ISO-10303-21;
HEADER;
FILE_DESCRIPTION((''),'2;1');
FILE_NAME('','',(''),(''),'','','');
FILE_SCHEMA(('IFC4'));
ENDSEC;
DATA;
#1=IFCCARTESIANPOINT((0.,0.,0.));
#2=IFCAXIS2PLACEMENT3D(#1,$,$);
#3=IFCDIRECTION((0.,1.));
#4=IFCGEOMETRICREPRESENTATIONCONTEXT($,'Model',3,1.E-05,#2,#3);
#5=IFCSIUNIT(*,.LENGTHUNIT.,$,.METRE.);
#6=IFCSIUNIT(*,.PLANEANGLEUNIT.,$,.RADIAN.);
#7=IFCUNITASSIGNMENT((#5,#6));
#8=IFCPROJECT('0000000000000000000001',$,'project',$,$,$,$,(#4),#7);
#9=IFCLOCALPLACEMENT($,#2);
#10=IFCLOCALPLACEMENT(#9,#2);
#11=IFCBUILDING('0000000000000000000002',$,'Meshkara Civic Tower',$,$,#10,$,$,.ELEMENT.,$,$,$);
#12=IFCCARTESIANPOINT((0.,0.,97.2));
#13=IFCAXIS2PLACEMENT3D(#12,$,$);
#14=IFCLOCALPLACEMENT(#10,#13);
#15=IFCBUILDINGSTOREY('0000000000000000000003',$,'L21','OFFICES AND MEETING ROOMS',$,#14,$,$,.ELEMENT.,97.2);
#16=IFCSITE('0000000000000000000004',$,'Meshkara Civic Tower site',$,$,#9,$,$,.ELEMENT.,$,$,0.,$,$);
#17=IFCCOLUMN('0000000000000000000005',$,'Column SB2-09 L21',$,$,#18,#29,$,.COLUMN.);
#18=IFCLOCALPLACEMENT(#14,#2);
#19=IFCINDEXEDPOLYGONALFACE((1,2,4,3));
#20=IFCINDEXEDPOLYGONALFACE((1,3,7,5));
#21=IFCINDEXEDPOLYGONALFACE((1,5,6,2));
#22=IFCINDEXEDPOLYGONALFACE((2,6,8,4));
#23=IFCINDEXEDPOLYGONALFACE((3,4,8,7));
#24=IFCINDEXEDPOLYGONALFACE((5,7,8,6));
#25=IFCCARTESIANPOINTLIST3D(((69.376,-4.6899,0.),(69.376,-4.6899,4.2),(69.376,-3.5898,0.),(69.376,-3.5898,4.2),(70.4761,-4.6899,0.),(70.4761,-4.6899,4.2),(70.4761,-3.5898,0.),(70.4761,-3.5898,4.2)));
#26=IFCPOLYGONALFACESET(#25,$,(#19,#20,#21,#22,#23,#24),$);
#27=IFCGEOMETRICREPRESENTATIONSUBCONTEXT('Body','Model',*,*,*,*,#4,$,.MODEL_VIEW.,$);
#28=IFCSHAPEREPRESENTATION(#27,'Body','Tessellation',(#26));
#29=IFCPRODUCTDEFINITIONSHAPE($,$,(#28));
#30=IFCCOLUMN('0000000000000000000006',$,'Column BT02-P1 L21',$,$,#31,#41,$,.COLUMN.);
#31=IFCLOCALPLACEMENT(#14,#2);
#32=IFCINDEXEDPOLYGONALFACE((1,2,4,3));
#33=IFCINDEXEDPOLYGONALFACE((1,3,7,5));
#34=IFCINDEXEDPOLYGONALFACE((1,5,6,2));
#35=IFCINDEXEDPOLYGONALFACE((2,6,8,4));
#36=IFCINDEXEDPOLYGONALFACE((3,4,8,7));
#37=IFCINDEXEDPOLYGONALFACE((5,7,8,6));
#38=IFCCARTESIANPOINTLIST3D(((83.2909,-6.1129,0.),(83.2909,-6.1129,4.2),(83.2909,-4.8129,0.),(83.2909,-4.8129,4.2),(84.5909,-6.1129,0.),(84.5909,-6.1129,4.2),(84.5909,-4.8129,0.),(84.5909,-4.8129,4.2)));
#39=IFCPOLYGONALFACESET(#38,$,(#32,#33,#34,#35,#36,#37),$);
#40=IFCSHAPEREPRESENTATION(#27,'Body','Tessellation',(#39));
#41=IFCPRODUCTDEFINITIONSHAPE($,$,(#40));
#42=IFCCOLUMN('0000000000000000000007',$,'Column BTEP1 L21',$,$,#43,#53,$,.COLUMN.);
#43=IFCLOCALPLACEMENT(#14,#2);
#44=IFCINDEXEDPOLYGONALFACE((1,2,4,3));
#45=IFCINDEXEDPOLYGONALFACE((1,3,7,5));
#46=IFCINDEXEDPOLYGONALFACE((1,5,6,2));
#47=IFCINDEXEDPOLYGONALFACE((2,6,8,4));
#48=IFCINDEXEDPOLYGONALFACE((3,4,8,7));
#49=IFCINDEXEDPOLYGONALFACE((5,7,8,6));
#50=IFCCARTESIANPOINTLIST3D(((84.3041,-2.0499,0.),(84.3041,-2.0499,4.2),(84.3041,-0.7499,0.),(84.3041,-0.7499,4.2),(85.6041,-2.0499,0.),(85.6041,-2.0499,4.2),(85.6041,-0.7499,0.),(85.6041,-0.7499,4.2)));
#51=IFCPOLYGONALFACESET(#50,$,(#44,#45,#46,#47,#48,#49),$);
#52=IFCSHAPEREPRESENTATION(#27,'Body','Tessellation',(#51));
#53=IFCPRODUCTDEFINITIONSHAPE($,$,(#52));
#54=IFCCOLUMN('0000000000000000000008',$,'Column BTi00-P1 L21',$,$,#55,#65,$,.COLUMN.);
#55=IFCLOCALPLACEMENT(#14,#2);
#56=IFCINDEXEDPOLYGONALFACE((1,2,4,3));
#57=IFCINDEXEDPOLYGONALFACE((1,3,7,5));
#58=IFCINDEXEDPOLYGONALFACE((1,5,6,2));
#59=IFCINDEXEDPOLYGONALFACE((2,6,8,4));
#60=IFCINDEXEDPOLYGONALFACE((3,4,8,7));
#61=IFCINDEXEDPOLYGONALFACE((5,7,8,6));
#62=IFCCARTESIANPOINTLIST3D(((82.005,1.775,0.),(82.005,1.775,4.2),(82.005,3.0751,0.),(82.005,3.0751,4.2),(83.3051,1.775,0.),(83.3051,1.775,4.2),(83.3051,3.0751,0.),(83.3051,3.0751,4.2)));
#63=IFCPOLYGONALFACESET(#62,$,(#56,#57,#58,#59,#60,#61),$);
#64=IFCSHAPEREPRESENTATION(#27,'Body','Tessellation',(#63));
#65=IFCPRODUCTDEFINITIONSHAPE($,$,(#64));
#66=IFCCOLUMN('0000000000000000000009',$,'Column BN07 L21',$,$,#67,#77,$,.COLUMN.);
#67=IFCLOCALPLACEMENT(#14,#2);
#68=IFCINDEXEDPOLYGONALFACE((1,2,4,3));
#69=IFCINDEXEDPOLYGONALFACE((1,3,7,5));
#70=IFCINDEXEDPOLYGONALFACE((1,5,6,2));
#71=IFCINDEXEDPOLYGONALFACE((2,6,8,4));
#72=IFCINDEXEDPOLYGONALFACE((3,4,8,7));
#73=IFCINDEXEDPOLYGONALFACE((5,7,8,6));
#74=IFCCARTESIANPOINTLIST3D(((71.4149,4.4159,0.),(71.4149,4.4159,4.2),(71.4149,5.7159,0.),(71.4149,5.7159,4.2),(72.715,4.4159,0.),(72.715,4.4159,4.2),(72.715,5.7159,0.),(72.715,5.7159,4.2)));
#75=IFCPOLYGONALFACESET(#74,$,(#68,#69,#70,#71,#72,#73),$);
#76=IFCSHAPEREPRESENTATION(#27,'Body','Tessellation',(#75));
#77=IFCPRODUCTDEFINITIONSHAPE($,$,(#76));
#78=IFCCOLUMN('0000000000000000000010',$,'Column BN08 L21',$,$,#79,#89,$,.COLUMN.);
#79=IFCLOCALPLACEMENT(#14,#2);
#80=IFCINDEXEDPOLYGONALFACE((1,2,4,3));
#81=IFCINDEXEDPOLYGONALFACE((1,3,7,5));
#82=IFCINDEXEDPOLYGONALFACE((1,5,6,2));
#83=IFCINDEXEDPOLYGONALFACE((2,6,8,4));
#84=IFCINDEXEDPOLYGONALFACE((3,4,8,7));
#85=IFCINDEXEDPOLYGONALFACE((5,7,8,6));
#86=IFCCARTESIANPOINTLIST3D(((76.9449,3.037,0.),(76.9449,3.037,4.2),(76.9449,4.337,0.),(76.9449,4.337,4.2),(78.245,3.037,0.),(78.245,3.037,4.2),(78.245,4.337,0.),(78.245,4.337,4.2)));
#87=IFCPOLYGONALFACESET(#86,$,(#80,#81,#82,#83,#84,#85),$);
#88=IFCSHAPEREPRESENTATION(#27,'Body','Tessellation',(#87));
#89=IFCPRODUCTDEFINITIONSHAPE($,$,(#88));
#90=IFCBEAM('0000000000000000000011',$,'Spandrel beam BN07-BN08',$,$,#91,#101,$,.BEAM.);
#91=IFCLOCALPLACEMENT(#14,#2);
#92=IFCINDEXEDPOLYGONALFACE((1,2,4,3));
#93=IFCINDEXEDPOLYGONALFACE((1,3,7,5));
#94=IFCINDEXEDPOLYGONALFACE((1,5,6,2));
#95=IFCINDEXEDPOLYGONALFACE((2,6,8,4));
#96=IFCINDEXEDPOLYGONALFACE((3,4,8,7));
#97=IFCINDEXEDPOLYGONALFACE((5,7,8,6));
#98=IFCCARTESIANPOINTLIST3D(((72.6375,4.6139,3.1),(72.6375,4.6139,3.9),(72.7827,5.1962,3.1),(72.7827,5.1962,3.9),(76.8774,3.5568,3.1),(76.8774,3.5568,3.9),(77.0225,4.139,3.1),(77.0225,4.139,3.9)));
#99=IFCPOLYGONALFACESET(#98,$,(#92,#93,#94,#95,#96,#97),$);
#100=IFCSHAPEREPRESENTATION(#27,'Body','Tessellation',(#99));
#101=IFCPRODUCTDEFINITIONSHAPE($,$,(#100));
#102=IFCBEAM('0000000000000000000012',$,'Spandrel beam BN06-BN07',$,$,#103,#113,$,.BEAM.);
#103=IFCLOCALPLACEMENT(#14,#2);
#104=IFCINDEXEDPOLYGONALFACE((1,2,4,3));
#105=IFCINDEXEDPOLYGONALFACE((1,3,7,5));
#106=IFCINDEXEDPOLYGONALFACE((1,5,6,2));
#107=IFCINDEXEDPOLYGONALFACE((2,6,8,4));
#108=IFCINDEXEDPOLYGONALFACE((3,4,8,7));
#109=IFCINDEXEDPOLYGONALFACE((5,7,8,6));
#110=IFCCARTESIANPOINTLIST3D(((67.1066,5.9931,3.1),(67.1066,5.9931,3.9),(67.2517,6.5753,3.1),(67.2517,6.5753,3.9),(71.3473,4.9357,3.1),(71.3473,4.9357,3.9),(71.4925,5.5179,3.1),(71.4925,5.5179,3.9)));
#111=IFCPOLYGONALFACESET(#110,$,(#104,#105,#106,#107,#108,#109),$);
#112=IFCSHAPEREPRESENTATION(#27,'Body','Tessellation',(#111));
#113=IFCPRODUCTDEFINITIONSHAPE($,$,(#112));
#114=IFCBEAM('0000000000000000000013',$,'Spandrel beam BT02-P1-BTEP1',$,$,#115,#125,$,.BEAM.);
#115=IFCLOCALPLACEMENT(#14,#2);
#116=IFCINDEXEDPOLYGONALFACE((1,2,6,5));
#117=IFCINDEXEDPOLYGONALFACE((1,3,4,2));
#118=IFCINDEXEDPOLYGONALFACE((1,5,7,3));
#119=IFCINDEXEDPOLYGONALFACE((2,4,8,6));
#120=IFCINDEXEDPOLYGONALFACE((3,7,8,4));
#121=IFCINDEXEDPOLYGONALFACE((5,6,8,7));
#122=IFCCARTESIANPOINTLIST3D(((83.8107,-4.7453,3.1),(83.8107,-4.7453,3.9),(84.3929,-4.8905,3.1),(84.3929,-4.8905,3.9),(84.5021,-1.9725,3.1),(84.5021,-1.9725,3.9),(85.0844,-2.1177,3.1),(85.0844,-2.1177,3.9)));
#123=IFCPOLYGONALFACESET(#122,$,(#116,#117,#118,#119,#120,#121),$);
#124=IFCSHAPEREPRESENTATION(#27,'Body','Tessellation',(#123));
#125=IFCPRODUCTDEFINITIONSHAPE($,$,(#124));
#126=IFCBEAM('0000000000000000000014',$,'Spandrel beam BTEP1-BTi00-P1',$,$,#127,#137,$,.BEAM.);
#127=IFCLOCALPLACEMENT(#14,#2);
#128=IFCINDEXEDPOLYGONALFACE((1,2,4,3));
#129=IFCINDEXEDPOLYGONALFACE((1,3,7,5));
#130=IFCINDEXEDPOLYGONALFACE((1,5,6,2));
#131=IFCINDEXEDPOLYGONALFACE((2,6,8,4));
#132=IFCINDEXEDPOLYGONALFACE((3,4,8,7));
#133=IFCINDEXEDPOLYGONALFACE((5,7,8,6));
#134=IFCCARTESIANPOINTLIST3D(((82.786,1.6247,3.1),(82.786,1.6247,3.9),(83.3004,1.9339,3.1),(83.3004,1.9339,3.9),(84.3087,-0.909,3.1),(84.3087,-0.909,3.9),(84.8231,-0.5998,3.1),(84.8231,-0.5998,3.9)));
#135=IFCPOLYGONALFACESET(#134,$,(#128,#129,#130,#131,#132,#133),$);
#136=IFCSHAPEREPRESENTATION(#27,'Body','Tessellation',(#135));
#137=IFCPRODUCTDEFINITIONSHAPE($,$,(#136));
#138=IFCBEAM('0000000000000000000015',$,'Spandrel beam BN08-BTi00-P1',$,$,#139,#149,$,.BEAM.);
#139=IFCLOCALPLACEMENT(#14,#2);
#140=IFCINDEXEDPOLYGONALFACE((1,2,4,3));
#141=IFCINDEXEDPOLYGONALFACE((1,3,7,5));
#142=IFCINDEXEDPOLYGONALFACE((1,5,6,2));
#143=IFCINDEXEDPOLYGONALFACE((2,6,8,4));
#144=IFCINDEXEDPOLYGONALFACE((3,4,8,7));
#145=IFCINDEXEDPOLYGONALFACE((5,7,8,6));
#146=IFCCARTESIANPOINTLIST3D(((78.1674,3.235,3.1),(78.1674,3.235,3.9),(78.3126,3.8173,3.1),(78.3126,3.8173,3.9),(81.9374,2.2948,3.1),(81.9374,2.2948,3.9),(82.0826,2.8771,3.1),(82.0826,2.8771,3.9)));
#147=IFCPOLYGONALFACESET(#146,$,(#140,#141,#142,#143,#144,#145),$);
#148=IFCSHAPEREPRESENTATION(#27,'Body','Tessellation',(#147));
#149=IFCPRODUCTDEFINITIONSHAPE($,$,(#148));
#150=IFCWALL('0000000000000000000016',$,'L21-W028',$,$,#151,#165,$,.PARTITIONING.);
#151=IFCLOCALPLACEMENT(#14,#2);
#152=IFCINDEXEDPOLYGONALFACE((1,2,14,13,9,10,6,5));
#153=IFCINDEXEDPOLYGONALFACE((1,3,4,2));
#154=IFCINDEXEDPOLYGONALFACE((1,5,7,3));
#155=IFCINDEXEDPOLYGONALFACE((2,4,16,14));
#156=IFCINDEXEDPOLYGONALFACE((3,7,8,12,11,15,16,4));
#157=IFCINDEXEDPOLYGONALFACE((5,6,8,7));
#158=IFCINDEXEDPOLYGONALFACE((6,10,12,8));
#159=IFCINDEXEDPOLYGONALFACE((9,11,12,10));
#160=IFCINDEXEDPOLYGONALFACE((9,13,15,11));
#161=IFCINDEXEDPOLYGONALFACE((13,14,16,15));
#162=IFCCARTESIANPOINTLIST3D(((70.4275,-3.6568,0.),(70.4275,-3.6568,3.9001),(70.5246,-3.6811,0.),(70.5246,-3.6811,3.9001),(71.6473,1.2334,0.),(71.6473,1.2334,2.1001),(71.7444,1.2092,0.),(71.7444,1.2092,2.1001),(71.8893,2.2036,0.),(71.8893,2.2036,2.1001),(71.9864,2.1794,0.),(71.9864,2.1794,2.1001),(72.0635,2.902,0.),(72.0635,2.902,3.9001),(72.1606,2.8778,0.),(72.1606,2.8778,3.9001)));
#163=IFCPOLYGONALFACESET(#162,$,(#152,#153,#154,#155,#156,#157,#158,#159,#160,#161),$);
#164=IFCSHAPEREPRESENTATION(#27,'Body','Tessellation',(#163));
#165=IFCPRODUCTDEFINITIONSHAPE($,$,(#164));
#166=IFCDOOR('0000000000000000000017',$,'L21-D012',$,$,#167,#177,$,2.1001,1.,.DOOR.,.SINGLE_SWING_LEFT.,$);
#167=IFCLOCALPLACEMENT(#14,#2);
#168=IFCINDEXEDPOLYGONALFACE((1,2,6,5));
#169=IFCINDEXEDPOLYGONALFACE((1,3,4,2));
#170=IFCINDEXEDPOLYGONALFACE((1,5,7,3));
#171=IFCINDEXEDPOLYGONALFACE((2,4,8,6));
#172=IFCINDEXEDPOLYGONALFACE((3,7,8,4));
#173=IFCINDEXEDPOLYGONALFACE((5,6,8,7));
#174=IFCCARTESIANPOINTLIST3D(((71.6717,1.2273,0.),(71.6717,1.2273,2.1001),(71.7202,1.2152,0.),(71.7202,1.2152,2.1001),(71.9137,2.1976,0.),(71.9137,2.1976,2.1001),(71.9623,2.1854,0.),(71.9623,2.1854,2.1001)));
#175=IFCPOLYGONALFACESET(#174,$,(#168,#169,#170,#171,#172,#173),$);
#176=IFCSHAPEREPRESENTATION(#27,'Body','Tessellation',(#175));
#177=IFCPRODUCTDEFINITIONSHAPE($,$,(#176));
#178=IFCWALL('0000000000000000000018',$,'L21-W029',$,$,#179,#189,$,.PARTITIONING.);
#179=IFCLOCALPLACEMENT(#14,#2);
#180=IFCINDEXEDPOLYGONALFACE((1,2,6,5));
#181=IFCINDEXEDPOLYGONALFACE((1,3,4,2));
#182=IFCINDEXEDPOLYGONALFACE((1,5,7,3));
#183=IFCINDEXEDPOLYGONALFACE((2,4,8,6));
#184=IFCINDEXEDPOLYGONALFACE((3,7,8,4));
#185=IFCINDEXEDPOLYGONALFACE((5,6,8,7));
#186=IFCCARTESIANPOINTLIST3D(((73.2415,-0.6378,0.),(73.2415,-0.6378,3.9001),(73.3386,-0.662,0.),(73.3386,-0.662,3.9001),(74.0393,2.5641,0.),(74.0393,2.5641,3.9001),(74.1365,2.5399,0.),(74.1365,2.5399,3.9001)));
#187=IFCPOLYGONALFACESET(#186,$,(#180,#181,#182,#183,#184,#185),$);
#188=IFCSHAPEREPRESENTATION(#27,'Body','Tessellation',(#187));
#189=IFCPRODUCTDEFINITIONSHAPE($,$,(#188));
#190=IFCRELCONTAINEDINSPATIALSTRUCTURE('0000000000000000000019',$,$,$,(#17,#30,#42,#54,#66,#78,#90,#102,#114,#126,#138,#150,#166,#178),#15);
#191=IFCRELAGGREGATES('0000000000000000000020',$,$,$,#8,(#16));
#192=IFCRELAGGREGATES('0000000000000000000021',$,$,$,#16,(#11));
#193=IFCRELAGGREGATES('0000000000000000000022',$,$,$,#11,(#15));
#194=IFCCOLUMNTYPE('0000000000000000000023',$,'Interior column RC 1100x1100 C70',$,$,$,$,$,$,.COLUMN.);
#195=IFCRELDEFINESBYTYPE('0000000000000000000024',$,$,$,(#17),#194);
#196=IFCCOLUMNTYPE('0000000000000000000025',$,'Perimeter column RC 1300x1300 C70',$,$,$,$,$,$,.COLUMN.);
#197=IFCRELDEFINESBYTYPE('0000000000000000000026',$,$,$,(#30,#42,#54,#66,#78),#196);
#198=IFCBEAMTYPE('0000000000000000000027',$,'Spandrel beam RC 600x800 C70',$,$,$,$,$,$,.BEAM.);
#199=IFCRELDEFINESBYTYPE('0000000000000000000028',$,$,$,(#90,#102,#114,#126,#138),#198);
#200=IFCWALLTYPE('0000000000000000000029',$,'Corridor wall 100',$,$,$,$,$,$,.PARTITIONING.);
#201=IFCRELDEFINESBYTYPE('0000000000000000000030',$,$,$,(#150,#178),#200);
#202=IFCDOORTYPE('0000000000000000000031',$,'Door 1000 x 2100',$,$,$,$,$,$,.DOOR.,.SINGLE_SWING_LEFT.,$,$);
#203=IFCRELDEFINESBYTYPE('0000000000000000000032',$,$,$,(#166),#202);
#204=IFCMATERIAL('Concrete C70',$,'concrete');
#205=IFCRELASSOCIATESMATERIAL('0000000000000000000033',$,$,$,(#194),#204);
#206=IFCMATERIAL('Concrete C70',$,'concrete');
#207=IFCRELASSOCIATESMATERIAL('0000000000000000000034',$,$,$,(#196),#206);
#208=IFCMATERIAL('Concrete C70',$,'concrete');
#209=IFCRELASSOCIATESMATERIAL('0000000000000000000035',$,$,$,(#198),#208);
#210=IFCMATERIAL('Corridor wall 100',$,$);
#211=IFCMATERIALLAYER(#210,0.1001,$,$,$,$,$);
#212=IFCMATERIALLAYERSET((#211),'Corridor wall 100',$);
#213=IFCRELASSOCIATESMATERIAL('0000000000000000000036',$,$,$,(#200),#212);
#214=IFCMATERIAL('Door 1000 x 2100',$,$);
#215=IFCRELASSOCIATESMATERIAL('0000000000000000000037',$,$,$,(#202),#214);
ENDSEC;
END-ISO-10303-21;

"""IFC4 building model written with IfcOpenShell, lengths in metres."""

from ifc_helpers import new_model, si_unit, direction, frame, frame_2d, origin, origin_2d, place, context, subcontext, project, spatial, rectangle, extrude, material, layer, layer_set, material_profile, profile_set, type_object, element, fill, save


model = new_model("IFC4")

# Units and contexts
model_context = context("Model", 3, precision=1e-05, world=origin(), true_north=direction((0.0, 1.0)))
body_context = subcontext(model_context, "Body", "Model", "MODEL_VIEW")
ifc_project = project(units=[si_unit("LENGTHUNIT", "METRE"), si_unit("PLANEANGLEUNIT", "RADIAN")], contexts=[model_context])

# Site, building, storey
site_placement = place(None, origin())
site = spatial("IfcSite", under=ifc_project, at=site_placement, Name="Meshkara Civic Tower site", CompositionType="ELEMENT", RefElevation=0.0)
building_placement = place(site_placement, origin())
building = spatial("IfcBuilding", under=site, at=building_placement, Name="Meshkara Civic Tower", CompositionType="ELEMENT")
storey_placement = place(building_placement, frame((0.0, 0.0, 97.2)))
storey = spatial("IfcBuildingStorey", under=building, at=storey_placement, Name="L21", Description="OFFICES AND MEETING ROOMS", CompositionType="ELEMENT", Elevation=97.2)

# Columns
ifc_material_1 = material(Name="Concrete C70", Category="concrete")
ifc_material_profile_1 = material_profile(ifc_material_1, rectangle(XDim=1.1001, YDim=1.1001, at=origin_2d()))
ifc_profile_set_1 = profile_set([ifc_material_profile_1], Name="Concrete C70")
column_type_1 = type_object("IfcColumnType", Name="Interior column RC 1100x1100 C70", PredefinedType="COLUMN", material=ifc_profile_set_1)
column_placement = place(storey_placement, frame((69.926, -4.1399, 0.0), z_axis=(0.0, 0.0, 1.0), x_axis=(1.0, 0.0, 0.0)))
element("IfcColumn", 1, at=column_placement, inside=storey, type_object=column_type_1, Name="Column SB2-09 L21", PredefinedType="COLUMN", context=body_context, shape_type="SweptSolid", body=[
    extrude(rectangle(XDim=1.1001, YDim=1.1001, at=origin_2d()), origin(), (0.0, 0.0, 1.0), 4.2),
])
ifc_material_2 = material(Name="Concrete C70", Category="concrete")
ifc_material_profile_2 = material_profile(ifc_material_2, rectangle(XDim=1.3, YDim=1.3, at=origin_2d()))
ifc_profile_set_2 = profile_set([ifc_material_profile_2], Name="Concrete C70")
column_type_2 = type_object("IfcColumnType", Name="Perimeter column RC 1300x1300 C70", PredefinedType="COLUMN", material=ifc_profile_set_2)
for number, where, z_axis, x_axis, name in (
    (2, (83.9409, -5.4629, 0.0), (0.0, 0.0, 1.0), (1.0, 0.0, 0.0), "Column BT02-P1 L21"),
    (3, (84.9541, -1.3999, 0.0), (0.0, 0.0, 1.0), (1.0, 0.0, 0.0), "Column BTEP1 L21"),
    (4, (82.655, 2.425, 0.0), (0.0, 0.0, 1.0), (1.0, 0.0, 0.0), "Column BTi00-P1 L21"),
    (5, (72.0649, 5.0659, 0.0), (0.0, 0.0, 1.0), (1.0, 0.0, 0.0), "Column BN07 L21"),
    (6, (77.595, 3.687, 0.0), (0.0, 0.0, 1.0), (1.0, 0.0, 0.0), "Column BN08 L21"),
):
    element("IfcColumn", number, at=place(storey_placement, frame(where, z_axis=z_axis, x_axis=x_axis)), inside=storey, type_object=column_type_2, Name=name, PredefinedType="COLUMN", context=body_context, shape_type="SweptSolid", body=[
        extrude(rectangle(XDim=1.3, YDim=1.3, at=origin_2d()), origin(), (0.0, 0.0, 1.0), 4.2),
    ])

# Beams
ifc_material_3 = material(Name="Concrete C70", Category="concrete")
ifc_material_profile_3 = material_profile(ifc_material_3, rectangle(XDim=0.6001, YDim=0.8, at=origin_2d()))
ifc_profile_set_3 = profile_set([ifc_material_profile_3], Name="Concrete C70")
beam_type = type_object("IfcBeamType", Name="Spandrel beam RC 600x800 C70", PredefinedType="BEAM", material=ifc_profile_set_3)
beam_1_placement = place(storey_placement, frame((76.95, 3.8479, 3.5), z_axis=(-0.970293, 0.241931, 0.0), x_axis=(-0.241931, -0.970293, 0.0)))
element("IfcBeam", 7, at=beam_1_placement, inside=storey, type_object=beam_type, Name="Spandrel beam BN07-BN08", PredefinedType="BEAM", context=body_context, shape_type="SweptSolid", body=[
    extrude(rectangle(XDim=0.6001, YDim=0.8, at=origin_2d()), origin(), (0.0, 0.0, 1.0), 4.3696),
])
beam_2_placement = place(storey_placement, frame((71.4199, 5.2268, 3.5), z_axis=(-0.970293, 0.241931, 0.0), x_axis=(-0.241931, -0.970293, 0.0)))
element("IfcBeam", 8, at=beam_2_placement, inside=storey, type_object=beam_type, Name="Spandrel beam BN06-BN07", PredefinedType="BEAM", context=body_context, shape_type="SweptSolid", body=[
    extrude(rectangle(XDim=0.6001, YDim=0.8, at=origin_2d()), origin(), (0.0, 0.0, 1.0), 4.3706),
])
beam_3_placement = place(storey_placement, frame((84.1018, -4.8179, 3.5), z_axis=(0.241953, 0.970288, 0.0), x_axis=(-0.970288, 0.241953, 0.0)))
element("IfcBeam", 9, at=beam_3_placement, inside=storey, type_object=beam_type, Name="Spandrel beam BT02-P1-BTEP1", PredefinedType="BEAM", context=body_context, shape_type="SweptSolid", body=[
    extrude(rectangle(XDim=0.6001, YDim=0.8, at=origin_2d()), origin(), (0.0, 0.0, 1.0), 2.8577),
])
beam_4_placement = place(storey_placement, frame((84.5659, -0.7544, 3.5), z_axis=(-0.515115, 0.857121, 0.0), x_axis=(-0.857121, -0.515115, 0.0)))
element("IfcBeam", 10, at=beam_4_placement, inside=storey, type_object=beam_type, Name="Spandrel beam BTEP1-BTi00-P1", PredefinedType="BEAM", context=body_context, shape_type="SweptSolid", body=[
    extrude(rectangle(XDim=0.6001, YDim=0.8, at=origin_2d()), origin(), (0.0, 0.0, 1.0), 2.9561),
])
beam_5_placement = place(storey_placement, frame((82.01, 2.5859, 3.5), z_axis=(-0.970283, 0.241974, 0.0), x_axis=(-0.241974, -0.970283, 0.0)))
element("IfcBeam", 11, at=beam_5_placement, inside=storey, type_object=beam_type, Name="Spandrel beam BN08-BTi00-P1", PredefinedType="BEAM", context=body_context, shape_type="SweptSolid", body=[
    extrude(rectangle(XDim=0.6001, YDim=0.8, at=origin_2d()), origin(), (0.0, 0.0, 1.0), 3.8855),
])

# Wall, opening, door
ifc_material_4 = material(Name="Corridor wall 100")
ifc_layer_1 = layer(ifc_material_4, 0.1001)
ifc_layer_set_1 = layer_set([ifc_layer_1], Name="Corridor wall 100")
wall_type_1 = type_object("IfcWallType", Name="Corridor wall 100", PredefinedType="PARTITIONING", material=ifc_layer_set_1)
wall_1_placement = place(storey_placement, frame((70.4761, -3.6689, 0.0), z_axis=(0.0, 0.0, 1.0), x_axis=(0.242017, 0.970272, 0.0)))
wall_1 = element("IfcWall", 12, at=wall_1_placement, inside=storey, type_object=wall_type_1, Name="L21-W028", PredefinedType="PARTITIONING", context=body_context, shape_type="SweptSolid", body=[
    extrude(rectangle(XDim=6.7598, YDim=0.1001, at=frame_2d((3.3799, 0.0))), origin(), (0.0, 0.0, 1.0), 3.9001),
])
opening_1_placement = place(wall_1_placement, frame((5.04, 0.0, 0.0)))
opening_1 = element("IfcOpeningElement", 13, at=opening_1_placement, cuts=wall_1, PredefinedType="OPENING", context=body_context, shape_type="SweptSolid", body=[
    extrude(rectangle(XDim=1.0, YDim=2.1001, at=frame_2d((0.5, 1.05))), frame((0.0, 0.0601, 0.0), z_axis=(0.0, -1.0, 0.0), x_axis=(1.0, 0.0, 0.0)), (0.0, 0.0, 1.0), 0.1201),
])
ifc_material_5 = material(Name="Door 1000 x 2100")
door_type = type_object("IfcDoorType", Name="Door 1000 x 2100", OperationType="SINGLE_SWING_LEFT", PredefinedType="DOOR", material=ifc_material_5)
door_1_placement = place(opening_1_placement, origin())
door_1 = element("IfcDoor", 14, at=door_1_placement, inside=storey, type_object=door_type, Name="L21-D012", OperationType="SINGLE_SWING_LEFT", OverallHeight=2.1001, OverallWidth=1.0, PredefinedType="DOOR", context=body_context, shape_type="SweptSolid", body=[
    extrude(rectangle(XDim=1.0, YDim=2.1001, at=frame_2d((0.5, 1.05))), frame((0.0, 0.0249, 0.0), z_axis=(0.0, -1.0, 0.0), x_axis=(1.0, 0.0, 0.0)), (0.0, 0.0, 1.0), 0.05),
])
fill(opening_1, door_1)

# Wall
wall_2_placement = place(storey_placement, frame((73.29, -0.6499, 0.0), z_axis=(0.0, 0.0, 1.0), x_axis=(0.241787, 0.970329, 0.0)))
element("IfcWall", 15, at=wall_2_placement, inside=storey, type_object=wall_type_1, Name="L21-W029", PredefinedType="PARTITIONING", context=body_context, shape_type="SweptSolid", body=[
    extrude(rectangle(XDim=3.2998, YDim=0.1001, at=frame_2d((1.6499, 0.0))), origin(), (0.0, 0.0, 1.0), 3.9001),
])

save(model, "model.ifc")
